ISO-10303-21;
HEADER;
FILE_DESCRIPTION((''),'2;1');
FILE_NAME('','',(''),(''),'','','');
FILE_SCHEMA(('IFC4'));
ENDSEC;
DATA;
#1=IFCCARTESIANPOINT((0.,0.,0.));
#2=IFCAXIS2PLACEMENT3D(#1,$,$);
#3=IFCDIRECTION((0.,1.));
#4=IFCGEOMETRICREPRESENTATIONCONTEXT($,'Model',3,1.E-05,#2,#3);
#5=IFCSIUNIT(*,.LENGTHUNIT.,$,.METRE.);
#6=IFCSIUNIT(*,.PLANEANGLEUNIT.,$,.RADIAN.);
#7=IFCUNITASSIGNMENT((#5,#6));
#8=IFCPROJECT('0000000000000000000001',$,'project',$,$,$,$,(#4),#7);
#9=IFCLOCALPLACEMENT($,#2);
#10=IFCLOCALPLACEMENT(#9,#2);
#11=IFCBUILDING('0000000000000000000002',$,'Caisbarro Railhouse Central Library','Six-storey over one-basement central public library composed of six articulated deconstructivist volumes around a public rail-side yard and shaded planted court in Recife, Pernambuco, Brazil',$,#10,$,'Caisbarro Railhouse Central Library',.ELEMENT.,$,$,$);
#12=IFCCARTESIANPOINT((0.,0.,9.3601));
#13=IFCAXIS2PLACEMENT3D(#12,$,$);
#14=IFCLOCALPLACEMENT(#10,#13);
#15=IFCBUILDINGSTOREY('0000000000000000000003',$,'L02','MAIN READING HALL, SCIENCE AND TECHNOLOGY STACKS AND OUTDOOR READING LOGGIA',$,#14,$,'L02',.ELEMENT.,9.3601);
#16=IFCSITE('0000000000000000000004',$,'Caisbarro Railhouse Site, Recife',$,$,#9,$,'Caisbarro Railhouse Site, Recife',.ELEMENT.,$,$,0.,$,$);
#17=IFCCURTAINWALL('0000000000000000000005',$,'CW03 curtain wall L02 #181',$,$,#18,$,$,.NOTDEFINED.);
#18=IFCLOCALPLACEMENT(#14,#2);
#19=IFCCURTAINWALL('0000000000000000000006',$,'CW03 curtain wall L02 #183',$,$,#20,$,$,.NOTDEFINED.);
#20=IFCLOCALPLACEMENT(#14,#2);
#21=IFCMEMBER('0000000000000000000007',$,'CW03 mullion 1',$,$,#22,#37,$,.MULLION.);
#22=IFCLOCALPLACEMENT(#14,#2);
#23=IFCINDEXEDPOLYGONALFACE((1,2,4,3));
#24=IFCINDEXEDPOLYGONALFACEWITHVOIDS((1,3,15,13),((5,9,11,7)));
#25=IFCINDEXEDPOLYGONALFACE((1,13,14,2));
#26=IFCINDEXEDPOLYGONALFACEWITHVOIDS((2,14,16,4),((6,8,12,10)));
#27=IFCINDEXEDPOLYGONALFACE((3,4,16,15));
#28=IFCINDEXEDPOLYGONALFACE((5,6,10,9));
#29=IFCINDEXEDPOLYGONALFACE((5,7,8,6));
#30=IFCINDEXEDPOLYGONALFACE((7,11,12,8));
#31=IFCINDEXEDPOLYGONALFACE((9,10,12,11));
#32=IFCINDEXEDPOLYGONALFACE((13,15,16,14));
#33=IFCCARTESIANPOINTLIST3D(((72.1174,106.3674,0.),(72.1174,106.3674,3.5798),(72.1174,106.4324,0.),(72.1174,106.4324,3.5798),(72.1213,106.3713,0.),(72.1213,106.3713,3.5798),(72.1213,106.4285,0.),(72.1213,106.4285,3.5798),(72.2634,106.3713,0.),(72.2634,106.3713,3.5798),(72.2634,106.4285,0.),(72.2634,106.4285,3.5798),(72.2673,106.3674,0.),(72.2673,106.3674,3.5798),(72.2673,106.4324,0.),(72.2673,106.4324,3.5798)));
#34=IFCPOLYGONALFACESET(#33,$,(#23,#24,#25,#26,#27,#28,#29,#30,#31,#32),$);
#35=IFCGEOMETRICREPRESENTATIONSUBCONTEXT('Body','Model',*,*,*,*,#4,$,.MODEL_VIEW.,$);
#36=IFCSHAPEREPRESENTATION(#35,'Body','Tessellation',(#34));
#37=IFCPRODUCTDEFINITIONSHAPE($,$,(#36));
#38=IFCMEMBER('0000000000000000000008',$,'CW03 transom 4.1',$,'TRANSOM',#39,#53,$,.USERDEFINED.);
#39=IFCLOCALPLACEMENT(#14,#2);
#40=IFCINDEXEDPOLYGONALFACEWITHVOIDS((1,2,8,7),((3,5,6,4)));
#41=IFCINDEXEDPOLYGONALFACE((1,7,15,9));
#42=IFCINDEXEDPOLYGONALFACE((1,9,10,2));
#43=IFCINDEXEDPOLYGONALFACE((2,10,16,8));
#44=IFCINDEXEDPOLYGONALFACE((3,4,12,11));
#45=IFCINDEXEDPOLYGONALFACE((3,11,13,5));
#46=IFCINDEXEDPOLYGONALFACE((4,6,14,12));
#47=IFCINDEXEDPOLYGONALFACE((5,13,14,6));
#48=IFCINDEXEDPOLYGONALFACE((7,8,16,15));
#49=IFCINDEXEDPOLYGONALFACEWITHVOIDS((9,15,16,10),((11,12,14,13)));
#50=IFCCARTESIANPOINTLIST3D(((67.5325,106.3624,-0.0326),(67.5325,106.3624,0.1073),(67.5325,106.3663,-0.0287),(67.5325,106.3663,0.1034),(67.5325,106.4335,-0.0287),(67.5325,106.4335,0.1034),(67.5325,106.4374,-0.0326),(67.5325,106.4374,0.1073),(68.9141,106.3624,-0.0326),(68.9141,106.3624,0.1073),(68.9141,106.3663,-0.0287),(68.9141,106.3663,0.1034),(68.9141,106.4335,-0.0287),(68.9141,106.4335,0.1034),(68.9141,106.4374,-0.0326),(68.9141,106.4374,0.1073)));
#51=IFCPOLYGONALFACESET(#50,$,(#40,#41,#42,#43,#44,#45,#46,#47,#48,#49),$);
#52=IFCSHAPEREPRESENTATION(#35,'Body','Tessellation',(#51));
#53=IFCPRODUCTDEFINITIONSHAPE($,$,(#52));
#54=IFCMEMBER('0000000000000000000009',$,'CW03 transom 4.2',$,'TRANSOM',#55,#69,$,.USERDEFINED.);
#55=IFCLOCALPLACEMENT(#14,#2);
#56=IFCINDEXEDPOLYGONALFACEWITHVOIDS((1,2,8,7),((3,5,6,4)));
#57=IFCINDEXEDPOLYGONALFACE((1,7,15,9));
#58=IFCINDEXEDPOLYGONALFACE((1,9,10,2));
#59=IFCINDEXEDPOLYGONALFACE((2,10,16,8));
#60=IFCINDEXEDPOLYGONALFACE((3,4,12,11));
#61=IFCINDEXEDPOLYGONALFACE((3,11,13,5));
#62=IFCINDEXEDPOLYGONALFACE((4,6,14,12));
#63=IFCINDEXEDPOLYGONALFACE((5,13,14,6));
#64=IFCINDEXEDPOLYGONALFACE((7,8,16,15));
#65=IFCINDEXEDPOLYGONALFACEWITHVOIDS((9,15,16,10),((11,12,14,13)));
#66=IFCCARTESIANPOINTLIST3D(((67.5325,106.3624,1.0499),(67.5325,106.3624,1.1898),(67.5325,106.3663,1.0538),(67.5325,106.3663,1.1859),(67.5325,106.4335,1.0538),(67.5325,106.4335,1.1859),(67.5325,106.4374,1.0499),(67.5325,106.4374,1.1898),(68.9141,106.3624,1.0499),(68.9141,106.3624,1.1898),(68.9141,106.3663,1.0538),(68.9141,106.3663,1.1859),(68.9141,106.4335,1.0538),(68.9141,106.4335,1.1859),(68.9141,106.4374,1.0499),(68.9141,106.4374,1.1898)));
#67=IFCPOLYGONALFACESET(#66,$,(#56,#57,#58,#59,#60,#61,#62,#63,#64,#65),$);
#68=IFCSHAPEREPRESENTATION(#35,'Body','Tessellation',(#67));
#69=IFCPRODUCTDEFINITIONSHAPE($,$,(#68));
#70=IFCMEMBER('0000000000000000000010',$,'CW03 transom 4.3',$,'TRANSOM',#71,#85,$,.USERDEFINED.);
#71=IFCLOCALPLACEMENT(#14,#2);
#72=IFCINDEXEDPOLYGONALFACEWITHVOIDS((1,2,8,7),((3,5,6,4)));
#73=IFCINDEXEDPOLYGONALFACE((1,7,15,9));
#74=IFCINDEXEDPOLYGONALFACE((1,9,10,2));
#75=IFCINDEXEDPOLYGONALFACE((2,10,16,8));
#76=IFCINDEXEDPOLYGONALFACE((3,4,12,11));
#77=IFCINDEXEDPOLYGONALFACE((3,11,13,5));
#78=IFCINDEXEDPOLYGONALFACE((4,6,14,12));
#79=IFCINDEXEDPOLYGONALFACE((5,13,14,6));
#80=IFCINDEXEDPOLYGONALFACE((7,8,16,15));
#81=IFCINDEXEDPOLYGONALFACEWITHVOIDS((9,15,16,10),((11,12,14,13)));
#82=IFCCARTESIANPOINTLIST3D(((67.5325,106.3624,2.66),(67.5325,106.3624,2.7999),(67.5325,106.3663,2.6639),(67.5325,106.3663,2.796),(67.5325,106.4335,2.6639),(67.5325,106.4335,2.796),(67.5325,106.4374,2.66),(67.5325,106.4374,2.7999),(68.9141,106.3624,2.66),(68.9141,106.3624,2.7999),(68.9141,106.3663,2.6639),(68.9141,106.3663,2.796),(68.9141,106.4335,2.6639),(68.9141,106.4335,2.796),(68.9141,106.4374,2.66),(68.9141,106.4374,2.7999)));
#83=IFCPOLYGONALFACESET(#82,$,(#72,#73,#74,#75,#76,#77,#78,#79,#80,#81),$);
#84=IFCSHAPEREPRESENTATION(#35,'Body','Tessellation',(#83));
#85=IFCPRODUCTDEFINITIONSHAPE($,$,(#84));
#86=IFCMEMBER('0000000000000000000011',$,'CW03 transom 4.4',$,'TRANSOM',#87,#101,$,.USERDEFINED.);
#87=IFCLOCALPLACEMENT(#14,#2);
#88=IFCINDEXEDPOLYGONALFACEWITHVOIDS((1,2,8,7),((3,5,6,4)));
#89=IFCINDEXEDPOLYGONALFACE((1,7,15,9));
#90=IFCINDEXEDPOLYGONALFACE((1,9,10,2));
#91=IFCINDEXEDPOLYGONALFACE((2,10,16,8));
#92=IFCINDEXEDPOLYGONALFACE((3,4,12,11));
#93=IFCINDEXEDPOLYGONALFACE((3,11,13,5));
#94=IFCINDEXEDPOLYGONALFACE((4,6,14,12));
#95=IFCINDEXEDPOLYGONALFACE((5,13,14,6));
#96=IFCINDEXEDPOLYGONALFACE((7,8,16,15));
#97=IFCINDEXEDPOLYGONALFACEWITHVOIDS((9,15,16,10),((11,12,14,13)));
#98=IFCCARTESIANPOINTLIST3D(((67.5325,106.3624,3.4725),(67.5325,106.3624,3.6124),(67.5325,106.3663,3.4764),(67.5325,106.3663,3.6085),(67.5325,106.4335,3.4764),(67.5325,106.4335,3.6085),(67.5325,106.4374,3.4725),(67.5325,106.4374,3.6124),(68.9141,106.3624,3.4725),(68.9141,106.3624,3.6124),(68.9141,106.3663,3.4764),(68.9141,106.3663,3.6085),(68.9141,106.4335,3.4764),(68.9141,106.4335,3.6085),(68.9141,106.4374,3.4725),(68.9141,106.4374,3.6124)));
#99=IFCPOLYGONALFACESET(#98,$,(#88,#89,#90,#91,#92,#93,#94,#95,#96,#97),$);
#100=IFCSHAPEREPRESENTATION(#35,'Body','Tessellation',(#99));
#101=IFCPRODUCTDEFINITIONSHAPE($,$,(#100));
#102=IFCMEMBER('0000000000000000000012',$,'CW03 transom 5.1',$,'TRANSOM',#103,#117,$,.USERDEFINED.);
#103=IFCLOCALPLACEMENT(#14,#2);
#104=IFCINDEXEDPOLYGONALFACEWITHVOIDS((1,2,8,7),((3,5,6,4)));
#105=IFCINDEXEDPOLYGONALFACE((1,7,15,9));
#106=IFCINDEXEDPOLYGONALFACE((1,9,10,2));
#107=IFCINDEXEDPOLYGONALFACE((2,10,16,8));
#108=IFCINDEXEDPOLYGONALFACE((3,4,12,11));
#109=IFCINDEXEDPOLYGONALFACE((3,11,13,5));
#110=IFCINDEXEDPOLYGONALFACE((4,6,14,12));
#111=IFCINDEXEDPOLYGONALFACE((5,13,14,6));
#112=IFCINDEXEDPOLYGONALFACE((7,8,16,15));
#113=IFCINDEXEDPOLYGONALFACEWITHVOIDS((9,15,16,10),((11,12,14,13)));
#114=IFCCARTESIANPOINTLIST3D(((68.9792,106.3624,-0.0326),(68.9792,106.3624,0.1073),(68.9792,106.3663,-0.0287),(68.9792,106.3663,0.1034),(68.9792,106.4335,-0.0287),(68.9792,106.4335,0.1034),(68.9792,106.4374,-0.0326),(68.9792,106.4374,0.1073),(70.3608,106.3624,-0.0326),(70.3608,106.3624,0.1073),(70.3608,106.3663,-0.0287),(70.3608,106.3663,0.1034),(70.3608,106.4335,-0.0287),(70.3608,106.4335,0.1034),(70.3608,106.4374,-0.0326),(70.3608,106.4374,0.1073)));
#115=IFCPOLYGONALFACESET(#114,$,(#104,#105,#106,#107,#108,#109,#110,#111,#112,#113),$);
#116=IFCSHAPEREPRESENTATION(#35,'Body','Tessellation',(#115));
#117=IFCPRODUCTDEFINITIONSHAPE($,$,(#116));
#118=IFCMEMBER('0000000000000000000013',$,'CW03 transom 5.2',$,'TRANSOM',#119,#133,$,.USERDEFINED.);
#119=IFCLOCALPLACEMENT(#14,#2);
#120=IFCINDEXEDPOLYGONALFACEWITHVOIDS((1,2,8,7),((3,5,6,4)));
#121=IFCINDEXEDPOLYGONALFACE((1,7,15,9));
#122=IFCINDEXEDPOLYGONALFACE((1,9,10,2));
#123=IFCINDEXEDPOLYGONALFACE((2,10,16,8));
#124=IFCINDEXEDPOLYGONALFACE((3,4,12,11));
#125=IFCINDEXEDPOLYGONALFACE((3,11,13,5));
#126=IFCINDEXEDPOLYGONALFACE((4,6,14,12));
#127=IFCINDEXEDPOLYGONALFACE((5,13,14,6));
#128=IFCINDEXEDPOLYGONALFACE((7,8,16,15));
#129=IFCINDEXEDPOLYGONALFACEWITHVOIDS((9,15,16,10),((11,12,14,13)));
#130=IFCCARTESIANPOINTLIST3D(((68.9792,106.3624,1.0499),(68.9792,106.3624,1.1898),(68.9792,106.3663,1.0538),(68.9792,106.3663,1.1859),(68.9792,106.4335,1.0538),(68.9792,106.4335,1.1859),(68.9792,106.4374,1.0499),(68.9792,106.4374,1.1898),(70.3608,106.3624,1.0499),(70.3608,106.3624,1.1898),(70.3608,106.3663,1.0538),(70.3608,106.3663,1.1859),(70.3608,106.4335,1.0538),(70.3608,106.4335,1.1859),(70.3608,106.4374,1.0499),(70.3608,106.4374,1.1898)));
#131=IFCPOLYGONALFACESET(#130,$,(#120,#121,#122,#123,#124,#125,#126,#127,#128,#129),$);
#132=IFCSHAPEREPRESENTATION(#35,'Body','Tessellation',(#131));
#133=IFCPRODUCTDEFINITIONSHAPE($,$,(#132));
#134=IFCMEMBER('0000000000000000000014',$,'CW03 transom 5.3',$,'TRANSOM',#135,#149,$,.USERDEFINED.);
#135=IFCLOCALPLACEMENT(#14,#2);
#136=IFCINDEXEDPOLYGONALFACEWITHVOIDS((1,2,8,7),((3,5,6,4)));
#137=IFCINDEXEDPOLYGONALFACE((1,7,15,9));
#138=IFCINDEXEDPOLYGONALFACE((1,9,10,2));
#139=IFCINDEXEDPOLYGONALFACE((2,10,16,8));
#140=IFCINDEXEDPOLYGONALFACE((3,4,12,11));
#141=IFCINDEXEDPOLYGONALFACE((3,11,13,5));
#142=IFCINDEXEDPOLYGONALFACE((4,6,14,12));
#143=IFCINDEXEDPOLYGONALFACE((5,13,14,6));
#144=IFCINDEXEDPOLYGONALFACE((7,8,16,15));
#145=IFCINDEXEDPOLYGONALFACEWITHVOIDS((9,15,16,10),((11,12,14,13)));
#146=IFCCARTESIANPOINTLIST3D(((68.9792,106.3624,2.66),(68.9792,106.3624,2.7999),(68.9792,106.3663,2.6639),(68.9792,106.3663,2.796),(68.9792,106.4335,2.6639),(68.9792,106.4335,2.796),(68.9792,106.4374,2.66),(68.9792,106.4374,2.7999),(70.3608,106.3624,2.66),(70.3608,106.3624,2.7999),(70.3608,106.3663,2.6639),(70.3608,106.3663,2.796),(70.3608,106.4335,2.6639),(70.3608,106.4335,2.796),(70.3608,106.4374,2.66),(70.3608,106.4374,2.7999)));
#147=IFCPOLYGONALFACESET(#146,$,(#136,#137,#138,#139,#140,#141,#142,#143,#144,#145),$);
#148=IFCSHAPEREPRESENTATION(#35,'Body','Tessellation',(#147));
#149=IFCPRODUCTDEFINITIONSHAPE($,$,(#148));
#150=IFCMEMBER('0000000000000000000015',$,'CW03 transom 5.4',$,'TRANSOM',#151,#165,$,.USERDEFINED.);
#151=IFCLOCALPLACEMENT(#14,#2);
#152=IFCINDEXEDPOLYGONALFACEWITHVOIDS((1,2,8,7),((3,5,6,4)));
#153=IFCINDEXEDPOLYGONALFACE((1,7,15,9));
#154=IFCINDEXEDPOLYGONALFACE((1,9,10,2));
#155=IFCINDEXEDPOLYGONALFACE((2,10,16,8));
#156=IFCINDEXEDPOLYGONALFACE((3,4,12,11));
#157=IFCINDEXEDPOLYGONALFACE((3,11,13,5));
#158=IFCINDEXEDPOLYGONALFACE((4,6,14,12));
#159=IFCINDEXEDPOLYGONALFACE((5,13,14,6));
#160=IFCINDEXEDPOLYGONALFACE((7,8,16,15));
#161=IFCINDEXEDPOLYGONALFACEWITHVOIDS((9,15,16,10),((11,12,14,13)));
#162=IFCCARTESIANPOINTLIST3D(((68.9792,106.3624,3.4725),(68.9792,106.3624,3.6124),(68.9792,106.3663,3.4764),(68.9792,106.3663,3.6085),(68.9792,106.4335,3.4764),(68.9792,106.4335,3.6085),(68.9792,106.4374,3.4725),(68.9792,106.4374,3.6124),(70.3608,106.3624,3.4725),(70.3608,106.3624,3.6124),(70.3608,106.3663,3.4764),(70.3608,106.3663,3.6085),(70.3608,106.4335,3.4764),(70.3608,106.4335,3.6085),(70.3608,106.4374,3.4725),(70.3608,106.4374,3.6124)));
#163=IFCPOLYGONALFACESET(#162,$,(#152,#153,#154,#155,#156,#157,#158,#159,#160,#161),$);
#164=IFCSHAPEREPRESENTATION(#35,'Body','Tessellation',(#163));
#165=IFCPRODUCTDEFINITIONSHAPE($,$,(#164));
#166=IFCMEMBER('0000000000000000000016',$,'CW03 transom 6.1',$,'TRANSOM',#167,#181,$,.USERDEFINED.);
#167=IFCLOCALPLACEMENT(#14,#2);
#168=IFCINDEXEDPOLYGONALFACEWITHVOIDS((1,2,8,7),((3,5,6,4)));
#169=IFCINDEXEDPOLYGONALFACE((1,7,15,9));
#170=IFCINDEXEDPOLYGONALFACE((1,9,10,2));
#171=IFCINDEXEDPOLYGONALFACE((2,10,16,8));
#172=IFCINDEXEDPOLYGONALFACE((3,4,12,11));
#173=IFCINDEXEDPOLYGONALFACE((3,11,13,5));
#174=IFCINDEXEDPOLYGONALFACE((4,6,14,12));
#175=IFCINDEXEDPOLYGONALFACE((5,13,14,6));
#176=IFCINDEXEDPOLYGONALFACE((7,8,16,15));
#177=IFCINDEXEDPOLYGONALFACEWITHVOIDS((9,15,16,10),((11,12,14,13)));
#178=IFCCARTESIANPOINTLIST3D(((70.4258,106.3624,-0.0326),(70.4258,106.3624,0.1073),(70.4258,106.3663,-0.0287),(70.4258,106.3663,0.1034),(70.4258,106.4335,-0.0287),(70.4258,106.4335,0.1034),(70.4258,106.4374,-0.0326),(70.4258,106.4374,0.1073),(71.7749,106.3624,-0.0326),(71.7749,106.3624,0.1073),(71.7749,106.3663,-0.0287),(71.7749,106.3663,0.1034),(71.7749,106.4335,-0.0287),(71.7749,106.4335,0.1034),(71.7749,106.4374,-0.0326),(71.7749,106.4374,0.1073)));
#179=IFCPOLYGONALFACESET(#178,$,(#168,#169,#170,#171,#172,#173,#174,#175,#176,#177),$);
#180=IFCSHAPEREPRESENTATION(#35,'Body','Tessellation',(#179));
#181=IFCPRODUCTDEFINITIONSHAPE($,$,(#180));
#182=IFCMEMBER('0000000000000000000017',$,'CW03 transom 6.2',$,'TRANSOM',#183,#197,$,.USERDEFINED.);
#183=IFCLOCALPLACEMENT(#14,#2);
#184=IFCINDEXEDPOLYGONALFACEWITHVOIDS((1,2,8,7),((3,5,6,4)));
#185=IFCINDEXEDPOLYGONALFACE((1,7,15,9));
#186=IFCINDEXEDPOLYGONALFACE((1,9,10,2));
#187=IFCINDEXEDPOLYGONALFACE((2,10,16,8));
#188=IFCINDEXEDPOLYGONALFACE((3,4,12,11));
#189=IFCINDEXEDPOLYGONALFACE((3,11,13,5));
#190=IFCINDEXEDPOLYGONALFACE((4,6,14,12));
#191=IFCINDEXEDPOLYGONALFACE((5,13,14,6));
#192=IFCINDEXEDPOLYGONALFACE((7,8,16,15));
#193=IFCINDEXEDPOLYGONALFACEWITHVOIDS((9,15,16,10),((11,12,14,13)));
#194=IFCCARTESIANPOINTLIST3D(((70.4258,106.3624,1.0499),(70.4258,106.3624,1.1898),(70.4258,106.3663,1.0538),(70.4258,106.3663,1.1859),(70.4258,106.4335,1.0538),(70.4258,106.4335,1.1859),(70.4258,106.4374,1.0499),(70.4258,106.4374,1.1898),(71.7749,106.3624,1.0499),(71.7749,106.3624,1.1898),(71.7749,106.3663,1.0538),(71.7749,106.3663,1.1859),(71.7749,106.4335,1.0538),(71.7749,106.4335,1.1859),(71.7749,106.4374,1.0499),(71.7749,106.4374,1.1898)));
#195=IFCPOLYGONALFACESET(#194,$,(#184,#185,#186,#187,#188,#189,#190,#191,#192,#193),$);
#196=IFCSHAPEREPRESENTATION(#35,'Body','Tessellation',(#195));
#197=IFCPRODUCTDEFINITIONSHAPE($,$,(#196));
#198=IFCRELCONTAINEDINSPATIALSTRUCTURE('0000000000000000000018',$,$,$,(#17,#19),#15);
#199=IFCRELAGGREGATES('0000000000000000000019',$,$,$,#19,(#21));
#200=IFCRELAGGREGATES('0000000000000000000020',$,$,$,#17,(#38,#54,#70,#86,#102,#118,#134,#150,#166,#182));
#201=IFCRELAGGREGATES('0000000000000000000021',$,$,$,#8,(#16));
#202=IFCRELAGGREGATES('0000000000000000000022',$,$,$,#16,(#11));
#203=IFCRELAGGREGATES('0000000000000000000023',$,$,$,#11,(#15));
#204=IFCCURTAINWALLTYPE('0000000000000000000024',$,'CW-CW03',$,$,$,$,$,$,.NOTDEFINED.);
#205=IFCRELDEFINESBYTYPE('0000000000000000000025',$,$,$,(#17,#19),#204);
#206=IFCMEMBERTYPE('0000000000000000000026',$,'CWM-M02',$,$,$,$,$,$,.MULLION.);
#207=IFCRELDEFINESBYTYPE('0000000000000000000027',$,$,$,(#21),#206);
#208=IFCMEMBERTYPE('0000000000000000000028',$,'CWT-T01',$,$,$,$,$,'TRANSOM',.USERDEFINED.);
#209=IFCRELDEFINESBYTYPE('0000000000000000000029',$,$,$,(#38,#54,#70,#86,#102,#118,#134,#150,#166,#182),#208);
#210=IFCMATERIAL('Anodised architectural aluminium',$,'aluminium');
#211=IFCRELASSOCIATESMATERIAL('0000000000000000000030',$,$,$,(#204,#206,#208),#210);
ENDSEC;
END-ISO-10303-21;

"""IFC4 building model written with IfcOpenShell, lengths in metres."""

from ifc_helpers import new_model, si_unit, direction, frame, origin, origin_2d, place, context, subcontext, project, spatial, hollow_rectangle, extrude, material, material_profile, profile_set, type_object, element, aggregate, save


model = new_model("IFC4")

# Units and contexts
model_context = context("Model", 3, precision=1e-05, world=origin(), true_north=direction((0.0, 1.0)))
body_context = subcontext(model_context, "Body", "Model", "MODEL_VIEW")
ifc_project = project(units=[si_unit("LENGTHUNIT", "METRE"), si_unit("PLANEANGLEUNIT", "RADIAN")], contexts=[model_context])

# Site, building, storey
site_placement = place(None, origin())
site = spatial("IfcSite", under=ifc_project, at=site_placement, Name="Caisbarro Railhouse Site, Recife", LongName="Caisbarro Railhouse Site, Recife", CompositionType="ELEMENT", RefElevation=0.0)
building_placement = place(site_placement, origin())
building = spatial("IfcBuilding", under=site, at=building_placement, Name="Caisbarro Railhouse Central Library", Description="Six-storey over one-basement central public library composed of six articulated deconstructivist volumes around a public rail-side yard and shaded planted court in Recife, Pernambuco, Brazil", LongName="Caisbarro Railhouse Central Library", CompositionType="ELEMENT")
storey_placement = place(building_placement, frame((0.0, 0.0, 9.3601)))
storey = spatial("IfcBuildingStorey", under=building, at=storey_placement, Name="L02", Description="MAIN READING HALL, SCIENCE AND TECHNOLOGY STACKS AND OUTDOOR READING LOGGIA", LongName="L02", CompositionType="ELEMENT", Elevation=9.3601)

# Curtain wall
ifc_material_1 = material(Name="Anodised architectural aluminium", Category="aluminium")
curtain_wall_type = type_object("IfcCurtainWallType", Name="CW-CW03", PredefinedType="NOTDEFINED", material=ifc_material_1)
curtain_wall_1_placement = place(storey_placement, origin())
curtain_wall_1 = element("IfcCurtainWall", 1, at=curtain_wall_1_placement, inside=storey, type_object=curtain_wall_type, Name="CW03 curtain wall L02 #181", PredefinedType="NOTDEFINED")
ifc_material_profile_1 = material_profile(ifc_material_1, hollow_rectangle(XDim=0.0649, YDim=0.1499, WallThickness=0.0039, at=origin_2d()), Name="ALU-MUL-65X150")
ifc_profile_set_1 = profile_set([ifc_material_profile_1], Name="Anodised architectural aluminium")
member_type_1 = type_object("IfcMemberType", Name="CWM-M02", PredefinedType="MULLION", material=ifc_profile_set_1)

# Curtain wall, member
curtain_wall_2_placement = place(storey_placement, origin())
curtain_wall_2 = element("IfcCurtainWall", 2, at=curtain_wall_2_placement, inside=storey, type_object=curtain_wall_type, Name="CW03 curtain wall L02 #183", PredefinedType="NOTDEFINED")
member_1_placement = place(storey_placement, frame((72.1924, 106.3999, 0.0), z_axis=(0.0, 0.0, 1.0), x_axis=(0.0, 1.0, 0.0)))
member_1 = element("IfcMember", 3, at=member_1_placement, type_object=member_type_1, Name="CW03 mullion 1", PredefinedType="MULLION", context=body_context, shape_type="SweptSolid", body=[
    extrude(hollow_rectangle(XDim=0.0649, YDim=0.1499, WallThickness=0.0039, at=origin_2d()), origin(), (0.0, 0.0, 1.0), 3.5798),
])
aggregate(curtain_wall_2, [member_1])

# Members
ifc_material_profile_2 = material_profile(ifc_material_1, hollow_rectangle(XDim=0.075, YDim=0.1399, WallThickness=0.0039, at=origin_2d()), Name="ALU-TRN-75X140")
ifc_profile_set_2 = profile_set([ifc_material_profile_2], Name="Anodised architectural aluminium")
member_type_2 = type_object("IfcMemberType", Name="CWT-T01", ElementType="TRANSOM", PredefinedType="USERDEFINED", material=ifc_profile_set_2)
member_2_placement = place(storey_placement, frame((67.5325, 106.3999, 0.0374), z_axis=(1.0, 0.0, 0.0), x_axis=(0.0, 1.0, 0.0)))
member_2 = element("IfcMember", 4, at=member_2_placement, type_object=member_type_2, Name="CW03 transom 4.1", ObjectType="TRANSOM", PredefinedType="USERDEFINED", context=body_context, shape_type="SweptSolid", body=[
    extrude(hollow_rectangle(XDim=0.075, YDim=0.1399, WallThickness=0.0039, at=origin_2d()), origin(), (0.0, 0.0, 1.0), 1.3816),
])
member_3_placement = place(storey_placement, frame((67.5325, 106.3999, 1.1199), z_axis=(1.0, 0.0, 0.0), x_axis=(0.0, 1.0, 0.0)))
member_3 = element("IfcMember", 5, at=member_3_placement, type_object=member_type_2, Name="CW03 transom 4.2", ObjectType="TRANSOM", PredefinedType="USERDEFINED", context=body_context, shape_type="SweptSolid", body=[
    extrude(hollow_rectangle(XDim=0.075, YDim=0.1399, WallThickness=0.0039, at=origin_2d()), origin(), (0.0, 0.0, 1.0), 1.3816),
])
member_4_placement = place(storey_placement, frame((67.5325, 106.3999, 2.73), z_axis=(1.0, 0.0, 0.0), x_axis=(0.0, 1.0, 0.0)))
member_4 = element("IfcMember", 6, at=member_4_placement, type_object=member_type_2, Name="CW03 transom 4.3", ObjectType="TRANSOM", PredefinedType="USERDEFINED", context=body_context, shape_type="SweptSolid", body=[
    extrude(hollow_rectangle(XDim=0.075, YDim=0.1399, WallThickness=0.0039, at=origin_2d()), origin(), (0.0, 0.0, 1.0), 1.3816),
])
member_5_placement = place(storey_placement, frame((67.5325, 106.3999, 3.5425), z_axis=(1.0, 0.0, 0.0), x_axis=(0.0, 1.0, 0.0)))
member_5 = element("IfcMember", 7, at=member_5_placement, type_object=member_type_2, Name="CW03 transom 4.4", ObjectType="TRANSOM", PredefinedType="USERDEFINED", context=body_context, shape_type="SweptSolid", body=[
    extrude(hollow_rectangle(XDim=0.075, YDim=0.1399, WallThickness=0.0039, at=origin_2d()), origin(), (0.0, 0.0, 1.0), 1.3816),
])
member_6_placement = place(storey_placement, frame((68.9792, 106.3999, 0.0374), z_axis=(1.0, 0.0, 0.0), x_axis=(0.0, 1.0, 0.0)))
member_6 = element("IfcMember", 8, at=member_6_placement, type_object=member_type_2, Name="CW03 transom 5.1", ObjectType="TRANSOM", PredefinedType="USERDEFINED", context=body_context, shape_type="SweptSolid", body=[
    extrude(hollow_rectangle(XDim=0.075, YDim=0.1399, WallThickness=0.0039, at=origin_2d()), origin(), (0.0, 0.0, 1.0), 1.3816),
])
member_7_placement = place(storey_placement, frame((68.9792, 106.3999, 1.1199), z_axis=(1.0, 0.0, 0.0), x_axis=(0.0, 1.0, 0.0)))
member_7 = element("IfcMember", 9, at=member_7_placement, type_object=member_type_2, Name="CW03 transom 5.2", ObjectType="TRANSOM", PredefinedType="USERDEFINED", context=body_context, shape_type="SweptSolid", body=[
    extrude(hollow_rectangle(XDim=0.075, YDim=0.1399, WallThickness=0.0039, at=origin_2d()), origin(), (0.0, 0.0, 1.0), 1.3816),
])
member_8_placement = place(storey_placement, frame((68.9792, 106.3999, 2.73), z_axis=(1.0, 0.0, 0.0), x_axis=(0.0, 1.0, 0.0)))
member_8 = element("IfcMember", 10, at=member_8_placement, type_object=member_type_2, Name="CW03 transom 5.3", ObjectType="TRANSOM", PredefinedType="USERDEFINED", context=body_context, shape_type="SweptSolid", body=[
    extrude(hollow_rectangle(XDim=0.075, YDim=0.1399, WallThickness=0.0039, at=origin_2d()), origin(), (0.0, 0.0, 1.0), 1.3816),
])
member_9_placement = place(storey_placement, frame((68.9792, 106.3999, 3.5425), z_axis=(1.0, 0.0, 0.0), x_axis=(0.0, 1.0, 0.0)))
member_9 = element("IfcMember", 11, at=member_9_placement, type_object=member_type_2, Name="CW03 transom 5.4", ObjectType="TRANSOM", PredefinedType="USERDEFINED", context=body_context, shape_type="SweptSolid", body=[
    extrude(hollow_rectangle(XDim=0.075, YDim=0.1399, WallThickness=0.0039, at=origin_2d()), origin(), (0.0, 0.0, 1.0), 1.3816),
])
member_10_placement = place(storey_placement, frame((70.4258, 106.3999, 0.0374), z_axis=(1.0, 0.0, 0.0), x_axis=(0.0, 1.0, 0.0)))
member_10 = element("IfcMember", 12, at=member_10_placement, type_object=member_type_2, Name="CW03 transom 6.1", ObjectType="TRANSOM", PredefinedType="USERDEFINED", context=body_context, shape_type="SweptSolid", body=[
    extrude(hollow_rectangle(XDim=0.075, YDim=0.1399, WallThickness=0.0039, at=origin_2d()), origin(), (0.0, 0.0, 1.0), 1.3491),
])
member_11_placement = place(storey_placement, frame((70.4258, 106.3999, 1.1199), z_axis=(1.0, 0.0, 0.0), x_axis=(0.0, 1.0, 0.0)))
member_11 = element("IfcMember", 13, at=member_11_placement, type_object=member_type_2, Name="CW03 transom 6.2", ObjectType="TRANSOM", PredefinedType="USERDEFINED", context=body_context, shape_type="SweptSolid", body=[
    extrude(hollow_rectangle(XDim=0.075, YDim=0.1399, WallThickness=0.0039, at=origin_2d()), origin(), (0.0, 0.0, 1.0), 1.3491),
])

aggregate(curtain_wall_1, [member_2, member_3, member_4, member_5, member_6, member_7, member_8, member_9, member_10, member_11])

save(model, "model.ifc")
